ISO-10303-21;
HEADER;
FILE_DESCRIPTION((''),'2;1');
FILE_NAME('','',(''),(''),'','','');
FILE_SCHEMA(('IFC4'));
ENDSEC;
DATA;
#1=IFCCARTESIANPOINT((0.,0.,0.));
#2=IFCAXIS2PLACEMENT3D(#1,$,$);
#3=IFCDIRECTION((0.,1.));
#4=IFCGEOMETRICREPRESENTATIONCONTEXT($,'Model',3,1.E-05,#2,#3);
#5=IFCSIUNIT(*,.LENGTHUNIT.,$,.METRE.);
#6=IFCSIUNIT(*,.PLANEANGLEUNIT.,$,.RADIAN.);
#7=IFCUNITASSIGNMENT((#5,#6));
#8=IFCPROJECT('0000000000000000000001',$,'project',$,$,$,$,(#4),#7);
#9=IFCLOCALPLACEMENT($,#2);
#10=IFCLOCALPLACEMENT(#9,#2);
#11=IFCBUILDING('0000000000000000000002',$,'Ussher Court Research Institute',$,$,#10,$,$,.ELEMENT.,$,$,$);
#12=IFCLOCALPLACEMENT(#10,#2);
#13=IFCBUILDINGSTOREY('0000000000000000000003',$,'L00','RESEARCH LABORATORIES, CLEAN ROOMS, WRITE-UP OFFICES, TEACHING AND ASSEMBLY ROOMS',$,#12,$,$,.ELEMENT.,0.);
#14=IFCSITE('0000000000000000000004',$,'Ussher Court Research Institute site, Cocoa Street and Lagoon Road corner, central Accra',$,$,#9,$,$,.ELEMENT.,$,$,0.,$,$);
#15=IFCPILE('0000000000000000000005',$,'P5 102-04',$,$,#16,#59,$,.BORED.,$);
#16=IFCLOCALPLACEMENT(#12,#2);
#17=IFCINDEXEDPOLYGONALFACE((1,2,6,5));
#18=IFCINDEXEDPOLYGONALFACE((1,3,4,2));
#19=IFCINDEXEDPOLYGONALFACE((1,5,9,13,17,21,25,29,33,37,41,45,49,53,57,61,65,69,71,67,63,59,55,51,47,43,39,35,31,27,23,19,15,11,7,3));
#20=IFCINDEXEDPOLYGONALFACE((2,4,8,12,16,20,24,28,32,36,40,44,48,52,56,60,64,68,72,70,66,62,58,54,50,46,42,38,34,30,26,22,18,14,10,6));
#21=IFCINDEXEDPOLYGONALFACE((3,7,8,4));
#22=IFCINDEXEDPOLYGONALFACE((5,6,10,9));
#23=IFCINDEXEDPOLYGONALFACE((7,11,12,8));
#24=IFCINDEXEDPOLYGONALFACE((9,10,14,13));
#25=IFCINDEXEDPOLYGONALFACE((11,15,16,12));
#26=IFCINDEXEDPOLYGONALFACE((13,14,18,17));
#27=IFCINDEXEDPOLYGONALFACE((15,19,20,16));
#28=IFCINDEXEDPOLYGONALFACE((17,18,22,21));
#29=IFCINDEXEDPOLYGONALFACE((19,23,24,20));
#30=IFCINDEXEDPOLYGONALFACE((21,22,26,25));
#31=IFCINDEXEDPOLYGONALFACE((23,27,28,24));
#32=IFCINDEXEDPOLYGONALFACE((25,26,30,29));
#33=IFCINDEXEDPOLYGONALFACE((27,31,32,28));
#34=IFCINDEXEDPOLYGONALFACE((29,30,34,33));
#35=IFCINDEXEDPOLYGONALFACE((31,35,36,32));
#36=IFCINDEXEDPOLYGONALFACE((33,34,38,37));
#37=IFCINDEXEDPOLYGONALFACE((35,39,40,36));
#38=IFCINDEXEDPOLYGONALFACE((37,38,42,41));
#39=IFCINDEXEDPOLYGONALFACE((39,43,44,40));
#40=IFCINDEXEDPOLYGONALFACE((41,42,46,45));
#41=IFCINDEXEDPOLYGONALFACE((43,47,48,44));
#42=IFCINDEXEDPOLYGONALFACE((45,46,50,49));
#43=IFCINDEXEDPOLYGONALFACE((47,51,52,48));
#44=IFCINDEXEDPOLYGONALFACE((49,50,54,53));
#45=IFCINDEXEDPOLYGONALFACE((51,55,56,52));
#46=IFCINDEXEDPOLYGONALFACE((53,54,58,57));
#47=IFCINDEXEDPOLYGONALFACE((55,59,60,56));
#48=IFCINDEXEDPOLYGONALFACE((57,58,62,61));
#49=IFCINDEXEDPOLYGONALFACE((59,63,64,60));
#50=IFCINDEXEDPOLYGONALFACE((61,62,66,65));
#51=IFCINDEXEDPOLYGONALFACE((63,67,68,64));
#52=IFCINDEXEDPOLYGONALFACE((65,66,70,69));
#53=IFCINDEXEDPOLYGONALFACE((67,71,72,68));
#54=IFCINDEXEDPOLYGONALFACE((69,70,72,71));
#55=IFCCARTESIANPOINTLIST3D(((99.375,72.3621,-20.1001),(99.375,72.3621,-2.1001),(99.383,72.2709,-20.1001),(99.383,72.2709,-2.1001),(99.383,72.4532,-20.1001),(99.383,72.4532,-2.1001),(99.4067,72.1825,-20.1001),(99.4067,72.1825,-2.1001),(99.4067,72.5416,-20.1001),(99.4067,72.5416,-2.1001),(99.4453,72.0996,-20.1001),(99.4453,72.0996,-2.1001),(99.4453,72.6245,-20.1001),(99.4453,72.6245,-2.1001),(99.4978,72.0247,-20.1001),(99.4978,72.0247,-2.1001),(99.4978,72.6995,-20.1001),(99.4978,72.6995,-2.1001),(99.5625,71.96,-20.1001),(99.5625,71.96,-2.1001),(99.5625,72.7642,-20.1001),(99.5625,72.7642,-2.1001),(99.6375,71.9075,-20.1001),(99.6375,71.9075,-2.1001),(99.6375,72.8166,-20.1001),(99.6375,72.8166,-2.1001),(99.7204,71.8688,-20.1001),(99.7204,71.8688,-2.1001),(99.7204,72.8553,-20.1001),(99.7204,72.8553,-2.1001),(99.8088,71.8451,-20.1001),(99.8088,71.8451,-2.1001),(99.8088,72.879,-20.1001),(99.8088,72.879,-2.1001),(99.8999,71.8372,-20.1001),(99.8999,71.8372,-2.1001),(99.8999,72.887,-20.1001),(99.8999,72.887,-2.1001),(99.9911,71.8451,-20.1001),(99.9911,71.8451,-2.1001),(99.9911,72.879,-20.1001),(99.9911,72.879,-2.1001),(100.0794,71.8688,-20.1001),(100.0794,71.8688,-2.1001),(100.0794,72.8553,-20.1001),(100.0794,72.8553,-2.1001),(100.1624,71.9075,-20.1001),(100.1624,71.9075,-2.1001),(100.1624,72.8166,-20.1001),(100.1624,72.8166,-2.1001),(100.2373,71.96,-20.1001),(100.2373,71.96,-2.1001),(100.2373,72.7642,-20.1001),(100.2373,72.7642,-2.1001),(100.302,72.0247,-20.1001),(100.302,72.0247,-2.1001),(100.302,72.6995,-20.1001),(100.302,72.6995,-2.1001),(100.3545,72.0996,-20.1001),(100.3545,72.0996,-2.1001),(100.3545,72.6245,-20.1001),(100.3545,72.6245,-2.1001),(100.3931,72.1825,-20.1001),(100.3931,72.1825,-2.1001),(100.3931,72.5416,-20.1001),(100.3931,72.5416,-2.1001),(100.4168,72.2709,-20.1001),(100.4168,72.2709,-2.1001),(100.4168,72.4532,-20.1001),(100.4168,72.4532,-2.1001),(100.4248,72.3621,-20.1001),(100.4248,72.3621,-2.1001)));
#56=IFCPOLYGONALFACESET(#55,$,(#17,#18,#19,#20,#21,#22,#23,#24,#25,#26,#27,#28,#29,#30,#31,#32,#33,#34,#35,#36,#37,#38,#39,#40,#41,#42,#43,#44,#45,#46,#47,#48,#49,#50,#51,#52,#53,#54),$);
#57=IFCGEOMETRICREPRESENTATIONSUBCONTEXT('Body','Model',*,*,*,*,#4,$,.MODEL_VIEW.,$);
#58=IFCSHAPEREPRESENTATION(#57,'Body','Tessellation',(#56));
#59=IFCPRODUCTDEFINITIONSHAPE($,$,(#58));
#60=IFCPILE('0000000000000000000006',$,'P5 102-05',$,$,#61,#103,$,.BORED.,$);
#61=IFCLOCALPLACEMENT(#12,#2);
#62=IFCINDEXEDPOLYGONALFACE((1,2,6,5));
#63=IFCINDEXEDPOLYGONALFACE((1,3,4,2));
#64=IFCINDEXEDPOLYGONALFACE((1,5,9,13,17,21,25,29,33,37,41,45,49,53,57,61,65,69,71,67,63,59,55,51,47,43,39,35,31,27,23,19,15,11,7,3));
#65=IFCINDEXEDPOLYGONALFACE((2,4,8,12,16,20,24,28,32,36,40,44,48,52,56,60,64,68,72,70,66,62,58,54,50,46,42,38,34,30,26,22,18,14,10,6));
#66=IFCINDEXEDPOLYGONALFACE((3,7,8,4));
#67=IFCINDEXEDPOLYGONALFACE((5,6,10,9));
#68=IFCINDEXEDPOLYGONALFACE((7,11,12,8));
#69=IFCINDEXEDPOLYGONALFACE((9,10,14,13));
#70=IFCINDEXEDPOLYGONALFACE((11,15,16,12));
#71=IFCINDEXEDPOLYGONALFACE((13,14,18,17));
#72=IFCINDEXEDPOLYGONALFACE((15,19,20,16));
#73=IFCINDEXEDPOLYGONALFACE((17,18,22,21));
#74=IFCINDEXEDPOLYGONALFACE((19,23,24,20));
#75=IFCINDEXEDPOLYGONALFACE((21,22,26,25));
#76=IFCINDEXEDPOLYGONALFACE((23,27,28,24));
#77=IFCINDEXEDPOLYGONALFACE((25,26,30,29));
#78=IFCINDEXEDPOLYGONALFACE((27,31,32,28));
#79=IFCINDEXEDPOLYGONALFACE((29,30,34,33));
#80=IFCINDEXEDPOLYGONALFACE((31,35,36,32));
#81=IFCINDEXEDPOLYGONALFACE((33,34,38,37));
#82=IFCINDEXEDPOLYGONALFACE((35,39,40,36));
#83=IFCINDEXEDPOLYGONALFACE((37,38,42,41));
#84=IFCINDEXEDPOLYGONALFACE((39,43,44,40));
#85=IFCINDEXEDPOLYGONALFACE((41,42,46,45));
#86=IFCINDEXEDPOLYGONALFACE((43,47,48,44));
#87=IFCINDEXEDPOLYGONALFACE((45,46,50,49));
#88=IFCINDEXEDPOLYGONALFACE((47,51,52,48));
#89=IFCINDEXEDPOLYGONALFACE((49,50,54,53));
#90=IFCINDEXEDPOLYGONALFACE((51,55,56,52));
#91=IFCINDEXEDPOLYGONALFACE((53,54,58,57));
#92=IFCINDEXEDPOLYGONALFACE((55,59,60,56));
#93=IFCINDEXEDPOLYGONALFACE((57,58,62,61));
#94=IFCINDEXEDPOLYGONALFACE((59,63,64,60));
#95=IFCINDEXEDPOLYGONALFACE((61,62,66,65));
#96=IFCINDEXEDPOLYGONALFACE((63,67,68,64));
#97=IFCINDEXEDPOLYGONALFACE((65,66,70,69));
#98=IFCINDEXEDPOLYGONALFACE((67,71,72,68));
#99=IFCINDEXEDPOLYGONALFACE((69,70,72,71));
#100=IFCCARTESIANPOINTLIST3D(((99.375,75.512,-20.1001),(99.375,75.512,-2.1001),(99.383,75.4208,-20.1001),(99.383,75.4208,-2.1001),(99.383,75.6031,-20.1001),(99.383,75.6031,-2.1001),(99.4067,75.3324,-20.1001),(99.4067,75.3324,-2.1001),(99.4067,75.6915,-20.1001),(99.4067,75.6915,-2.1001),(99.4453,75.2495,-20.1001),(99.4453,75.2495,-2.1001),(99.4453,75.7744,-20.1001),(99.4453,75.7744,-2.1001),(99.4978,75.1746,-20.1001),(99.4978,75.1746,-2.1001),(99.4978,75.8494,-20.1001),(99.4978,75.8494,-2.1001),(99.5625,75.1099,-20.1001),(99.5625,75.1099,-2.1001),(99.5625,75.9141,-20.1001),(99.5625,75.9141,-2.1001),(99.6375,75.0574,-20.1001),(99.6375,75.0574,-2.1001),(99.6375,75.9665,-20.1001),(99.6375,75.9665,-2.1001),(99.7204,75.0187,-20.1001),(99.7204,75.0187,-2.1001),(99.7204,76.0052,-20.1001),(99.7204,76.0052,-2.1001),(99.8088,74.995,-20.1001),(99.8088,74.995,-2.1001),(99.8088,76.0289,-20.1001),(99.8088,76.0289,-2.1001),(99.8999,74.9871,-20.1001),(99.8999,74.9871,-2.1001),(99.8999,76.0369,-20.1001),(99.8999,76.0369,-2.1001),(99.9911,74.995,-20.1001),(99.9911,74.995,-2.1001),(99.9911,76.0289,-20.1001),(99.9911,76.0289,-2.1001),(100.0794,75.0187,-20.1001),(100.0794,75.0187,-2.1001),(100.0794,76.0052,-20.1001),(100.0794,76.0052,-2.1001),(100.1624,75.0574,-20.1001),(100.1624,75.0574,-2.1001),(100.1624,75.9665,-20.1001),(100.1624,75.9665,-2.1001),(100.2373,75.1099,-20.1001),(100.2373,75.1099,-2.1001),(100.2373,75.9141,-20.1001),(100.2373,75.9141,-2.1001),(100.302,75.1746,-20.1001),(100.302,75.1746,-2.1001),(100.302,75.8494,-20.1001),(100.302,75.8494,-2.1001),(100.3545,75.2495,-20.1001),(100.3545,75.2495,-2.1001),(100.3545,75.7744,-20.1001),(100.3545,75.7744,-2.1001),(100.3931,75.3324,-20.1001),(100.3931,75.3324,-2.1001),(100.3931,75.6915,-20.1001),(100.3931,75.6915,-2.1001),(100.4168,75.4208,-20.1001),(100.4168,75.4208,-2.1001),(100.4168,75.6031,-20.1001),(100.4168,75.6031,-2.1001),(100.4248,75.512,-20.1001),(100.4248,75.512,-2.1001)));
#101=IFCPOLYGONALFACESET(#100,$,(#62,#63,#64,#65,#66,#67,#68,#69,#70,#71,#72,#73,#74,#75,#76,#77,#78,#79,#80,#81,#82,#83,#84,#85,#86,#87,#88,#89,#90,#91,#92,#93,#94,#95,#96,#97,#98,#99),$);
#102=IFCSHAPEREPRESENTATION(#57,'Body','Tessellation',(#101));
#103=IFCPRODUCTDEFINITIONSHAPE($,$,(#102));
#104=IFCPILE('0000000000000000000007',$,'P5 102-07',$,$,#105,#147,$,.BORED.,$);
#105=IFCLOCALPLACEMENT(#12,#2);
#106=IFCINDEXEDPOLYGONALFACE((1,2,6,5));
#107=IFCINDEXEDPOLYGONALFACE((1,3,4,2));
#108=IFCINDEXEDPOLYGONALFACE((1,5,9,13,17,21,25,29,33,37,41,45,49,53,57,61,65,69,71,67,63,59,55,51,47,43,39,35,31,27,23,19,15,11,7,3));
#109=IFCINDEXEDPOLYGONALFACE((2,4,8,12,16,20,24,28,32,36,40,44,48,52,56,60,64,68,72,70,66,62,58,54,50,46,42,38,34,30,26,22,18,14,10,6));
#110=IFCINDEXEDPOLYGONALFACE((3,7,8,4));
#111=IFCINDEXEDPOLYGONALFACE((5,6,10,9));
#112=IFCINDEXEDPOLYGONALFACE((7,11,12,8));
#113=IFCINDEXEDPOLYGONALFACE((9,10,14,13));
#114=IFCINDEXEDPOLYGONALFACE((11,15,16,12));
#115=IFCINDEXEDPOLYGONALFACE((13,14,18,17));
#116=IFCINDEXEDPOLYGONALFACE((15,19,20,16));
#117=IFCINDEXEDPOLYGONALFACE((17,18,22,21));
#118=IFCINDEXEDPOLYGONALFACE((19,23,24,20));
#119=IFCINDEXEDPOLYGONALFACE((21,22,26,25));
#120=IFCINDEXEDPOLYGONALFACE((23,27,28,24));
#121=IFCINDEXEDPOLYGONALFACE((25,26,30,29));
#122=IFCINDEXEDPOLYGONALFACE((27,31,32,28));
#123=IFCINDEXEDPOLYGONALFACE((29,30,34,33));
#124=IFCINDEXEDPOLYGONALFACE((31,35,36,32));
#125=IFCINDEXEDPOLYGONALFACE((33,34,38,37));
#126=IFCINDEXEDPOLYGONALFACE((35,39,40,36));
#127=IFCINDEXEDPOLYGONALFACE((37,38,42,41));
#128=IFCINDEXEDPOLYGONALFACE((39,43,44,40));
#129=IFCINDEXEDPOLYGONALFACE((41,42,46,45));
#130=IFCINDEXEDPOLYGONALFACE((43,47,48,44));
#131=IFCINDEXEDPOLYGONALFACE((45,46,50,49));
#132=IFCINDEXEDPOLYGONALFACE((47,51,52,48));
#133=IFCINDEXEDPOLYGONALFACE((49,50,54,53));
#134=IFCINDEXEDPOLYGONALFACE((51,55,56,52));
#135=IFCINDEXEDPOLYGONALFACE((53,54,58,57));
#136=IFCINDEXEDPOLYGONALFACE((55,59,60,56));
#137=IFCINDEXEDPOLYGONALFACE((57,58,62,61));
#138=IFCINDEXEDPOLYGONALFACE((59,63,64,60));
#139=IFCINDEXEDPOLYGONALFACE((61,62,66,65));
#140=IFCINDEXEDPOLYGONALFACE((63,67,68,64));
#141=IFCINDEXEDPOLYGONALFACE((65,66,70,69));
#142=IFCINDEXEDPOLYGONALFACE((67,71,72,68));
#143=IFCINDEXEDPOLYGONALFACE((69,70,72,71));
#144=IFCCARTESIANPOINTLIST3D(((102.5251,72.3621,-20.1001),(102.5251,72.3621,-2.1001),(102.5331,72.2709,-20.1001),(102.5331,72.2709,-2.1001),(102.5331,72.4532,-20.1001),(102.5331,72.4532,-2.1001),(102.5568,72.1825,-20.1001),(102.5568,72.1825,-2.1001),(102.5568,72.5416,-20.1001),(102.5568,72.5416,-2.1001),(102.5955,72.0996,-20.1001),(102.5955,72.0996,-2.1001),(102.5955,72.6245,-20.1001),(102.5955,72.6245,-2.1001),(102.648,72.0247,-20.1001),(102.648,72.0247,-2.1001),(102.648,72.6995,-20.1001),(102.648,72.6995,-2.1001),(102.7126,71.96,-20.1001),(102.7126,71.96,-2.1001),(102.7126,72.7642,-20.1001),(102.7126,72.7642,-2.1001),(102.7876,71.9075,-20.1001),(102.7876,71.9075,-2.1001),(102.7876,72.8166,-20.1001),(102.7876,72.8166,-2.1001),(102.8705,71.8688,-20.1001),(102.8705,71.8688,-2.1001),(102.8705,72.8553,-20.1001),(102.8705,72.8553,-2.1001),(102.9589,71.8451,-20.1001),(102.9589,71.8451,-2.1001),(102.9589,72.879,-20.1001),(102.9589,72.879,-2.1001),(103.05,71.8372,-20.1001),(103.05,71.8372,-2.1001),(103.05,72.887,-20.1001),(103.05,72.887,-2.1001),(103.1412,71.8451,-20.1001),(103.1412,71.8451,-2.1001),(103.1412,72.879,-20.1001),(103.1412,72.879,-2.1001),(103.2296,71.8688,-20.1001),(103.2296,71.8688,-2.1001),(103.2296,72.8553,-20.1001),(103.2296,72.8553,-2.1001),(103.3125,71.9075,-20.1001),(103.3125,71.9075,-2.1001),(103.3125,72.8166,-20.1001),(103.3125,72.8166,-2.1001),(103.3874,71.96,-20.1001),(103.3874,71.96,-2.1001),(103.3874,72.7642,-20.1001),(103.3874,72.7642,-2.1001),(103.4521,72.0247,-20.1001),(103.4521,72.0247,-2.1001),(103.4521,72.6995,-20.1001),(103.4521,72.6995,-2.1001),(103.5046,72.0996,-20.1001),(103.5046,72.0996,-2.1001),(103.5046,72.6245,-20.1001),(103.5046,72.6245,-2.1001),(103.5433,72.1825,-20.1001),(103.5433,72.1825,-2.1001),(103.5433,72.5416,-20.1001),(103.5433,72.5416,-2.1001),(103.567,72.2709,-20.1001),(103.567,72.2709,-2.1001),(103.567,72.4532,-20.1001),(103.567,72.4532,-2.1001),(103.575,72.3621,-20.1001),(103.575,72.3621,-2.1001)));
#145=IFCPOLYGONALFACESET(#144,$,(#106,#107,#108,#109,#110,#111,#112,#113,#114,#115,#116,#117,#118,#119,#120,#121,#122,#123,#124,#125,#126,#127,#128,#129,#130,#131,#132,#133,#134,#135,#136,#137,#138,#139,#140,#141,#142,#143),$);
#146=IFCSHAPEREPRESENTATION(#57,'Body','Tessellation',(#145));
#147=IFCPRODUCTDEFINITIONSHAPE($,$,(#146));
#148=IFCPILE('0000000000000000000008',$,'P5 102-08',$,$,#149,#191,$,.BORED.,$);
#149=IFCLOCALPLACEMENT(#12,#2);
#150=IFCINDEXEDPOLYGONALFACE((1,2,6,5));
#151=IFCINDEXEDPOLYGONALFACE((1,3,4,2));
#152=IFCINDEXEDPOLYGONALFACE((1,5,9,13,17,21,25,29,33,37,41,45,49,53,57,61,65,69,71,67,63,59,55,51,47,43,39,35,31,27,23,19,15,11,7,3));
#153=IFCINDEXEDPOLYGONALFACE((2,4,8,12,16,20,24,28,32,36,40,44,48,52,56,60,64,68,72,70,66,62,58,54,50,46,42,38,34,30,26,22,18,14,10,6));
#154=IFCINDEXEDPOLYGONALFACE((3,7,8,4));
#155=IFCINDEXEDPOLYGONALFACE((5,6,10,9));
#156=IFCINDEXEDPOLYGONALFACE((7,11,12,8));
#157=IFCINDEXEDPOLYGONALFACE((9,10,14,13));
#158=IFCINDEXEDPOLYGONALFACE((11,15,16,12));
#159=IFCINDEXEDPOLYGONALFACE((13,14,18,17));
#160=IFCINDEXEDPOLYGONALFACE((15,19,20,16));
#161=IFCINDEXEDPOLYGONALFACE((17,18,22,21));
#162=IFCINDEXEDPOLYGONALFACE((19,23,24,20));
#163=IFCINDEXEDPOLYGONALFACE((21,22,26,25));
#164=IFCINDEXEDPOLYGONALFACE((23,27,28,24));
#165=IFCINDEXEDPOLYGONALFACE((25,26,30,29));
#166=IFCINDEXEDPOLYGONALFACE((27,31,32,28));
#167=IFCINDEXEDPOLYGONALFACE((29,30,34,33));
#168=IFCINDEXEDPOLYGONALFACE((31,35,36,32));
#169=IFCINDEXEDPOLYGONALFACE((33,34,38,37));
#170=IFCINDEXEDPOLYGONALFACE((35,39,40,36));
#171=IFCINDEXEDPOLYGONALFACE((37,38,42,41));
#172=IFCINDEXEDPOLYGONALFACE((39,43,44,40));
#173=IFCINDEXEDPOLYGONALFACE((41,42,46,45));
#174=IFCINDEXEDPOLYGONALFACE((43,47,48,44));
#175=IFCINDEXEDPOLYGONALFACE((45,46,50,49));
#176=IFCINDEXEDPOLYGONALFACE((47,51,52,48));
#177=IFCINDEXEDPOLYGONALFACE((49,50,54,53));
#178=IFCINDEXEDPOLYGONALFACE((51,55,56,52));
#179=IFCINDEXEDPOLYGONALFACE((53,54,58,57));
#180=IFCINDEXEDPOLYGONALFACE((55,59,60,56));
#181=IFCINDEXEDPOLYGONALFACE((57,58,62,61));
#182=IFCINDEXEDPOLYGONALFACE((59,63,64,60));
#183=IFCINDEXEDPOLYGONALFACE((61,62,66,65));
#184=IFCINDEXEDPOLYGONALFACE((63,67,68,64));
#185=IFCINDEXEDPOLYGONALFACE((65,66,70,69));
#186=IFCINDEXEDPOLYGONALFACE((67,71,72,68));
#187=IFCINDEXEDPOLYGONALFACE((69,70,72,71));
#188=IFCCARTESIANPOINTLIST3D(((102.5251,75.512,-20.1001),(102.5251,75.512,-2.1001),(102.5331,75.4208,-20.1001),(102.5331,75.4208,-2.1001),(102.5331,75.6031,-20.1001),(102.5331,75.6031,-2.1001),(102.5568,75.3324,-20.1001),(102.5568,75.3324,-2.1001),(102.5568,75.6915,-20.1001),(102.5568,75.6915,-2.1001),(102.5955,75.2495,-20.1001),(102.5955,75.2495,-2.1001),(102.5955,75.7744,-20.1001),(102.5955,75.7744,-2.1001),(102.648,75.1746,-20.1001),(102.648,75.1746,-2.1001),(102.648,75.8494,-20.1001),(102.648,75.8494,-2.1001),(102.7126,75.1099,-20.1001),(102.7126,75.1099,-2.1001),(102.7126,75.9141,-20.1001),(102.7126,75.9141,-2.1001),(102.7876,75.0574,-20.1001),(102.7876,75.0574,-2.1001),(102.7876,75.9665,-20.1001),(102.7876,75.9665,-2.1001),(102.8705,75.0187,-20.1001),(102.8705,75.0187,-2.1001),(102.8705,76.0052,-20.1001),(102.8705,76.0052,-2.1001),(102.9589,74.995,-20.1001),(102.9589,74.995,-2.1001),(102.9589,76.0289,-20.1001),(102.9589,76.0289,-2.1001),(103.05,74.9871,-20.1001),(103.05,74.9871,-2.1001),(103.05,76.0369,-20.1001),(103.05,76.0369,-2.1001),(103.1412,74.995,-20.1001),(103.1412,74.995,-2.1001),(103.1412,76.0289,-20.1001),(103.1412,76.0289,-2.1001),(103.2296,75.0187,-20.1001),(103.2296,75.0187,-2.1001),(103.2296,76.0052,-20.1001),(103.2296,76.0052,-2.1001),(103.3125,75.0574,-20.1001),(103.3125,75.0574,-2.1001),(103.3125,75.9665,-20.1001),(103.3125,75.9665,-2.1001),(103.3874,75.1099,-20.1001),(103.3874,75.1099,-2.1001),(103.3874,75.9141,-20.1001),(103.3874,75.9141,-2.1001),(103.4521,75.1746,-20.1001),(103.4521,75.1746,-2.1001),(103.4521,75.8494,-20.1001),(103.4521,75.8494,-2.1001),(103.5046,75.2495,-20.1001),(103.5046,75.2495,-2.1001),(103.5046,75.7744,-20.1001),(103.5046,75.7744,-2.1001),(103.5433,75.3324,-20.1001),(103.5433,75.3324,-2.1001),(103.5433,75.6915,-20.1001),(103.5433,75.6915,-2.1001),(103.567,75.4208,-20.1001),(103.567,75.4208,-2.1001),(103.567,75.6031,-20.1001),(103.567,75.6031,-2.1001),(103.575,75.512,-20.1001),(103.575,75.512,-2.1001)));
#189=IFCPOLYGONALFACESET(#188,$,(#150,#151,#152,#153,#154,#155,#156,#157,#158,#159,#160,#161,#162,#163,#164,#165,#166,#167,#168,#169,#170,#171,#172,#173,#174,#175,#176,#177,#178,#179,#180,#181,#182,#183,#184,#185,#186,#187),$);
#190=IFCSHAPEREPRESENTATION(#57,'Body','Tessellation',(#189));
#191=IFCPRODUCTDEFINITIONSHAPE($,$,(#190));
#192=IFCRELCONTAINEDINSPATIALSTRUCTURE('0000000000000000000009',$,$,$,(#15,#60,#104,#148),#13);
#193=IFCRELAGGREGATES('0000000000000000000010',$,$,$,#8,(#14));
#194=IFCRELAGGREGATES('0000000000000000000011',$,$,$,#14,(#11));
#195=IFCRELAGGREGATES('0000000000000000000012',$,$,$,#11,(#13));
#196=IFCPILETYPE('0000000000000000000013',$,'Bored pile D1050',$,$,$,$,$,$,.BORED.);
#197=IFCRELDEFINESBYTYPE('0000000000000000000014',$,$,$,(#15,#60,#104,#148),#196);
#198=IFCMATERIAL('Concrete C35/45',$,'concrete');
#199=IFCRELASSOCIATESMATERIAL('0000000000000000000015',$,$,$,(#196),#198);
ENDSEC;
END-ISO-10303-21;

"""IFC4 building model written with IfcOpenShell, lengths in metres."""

from ifc_helpers import new_model, si_unit, direction, frame, origin, origin_2d, place, context, subcontext, project, spatial, circle, extrude, material, material_profile, profile_set, type_object, element, save


model = new_model("IFC4")

# Units and contexts
model_context = context("Model", 3, precision=1e-05, world=origin(), true_north=direction((0.0, 1.0)))
body_context = subcontext(model_context, "Body", "Model", "MODEL_VIEW")
ifc_project = project(units=[si_unit("LENGTHUNIT", "METRE"), si_unit("PLANEANGLEUNIT", "RADIAN")], contexts=[model_context])

# Site, building, storey
site_placement = place(None, origin())
site = spatial("IfcSite", under=ifc_project, at=site_placement, Name="Ussher Court Research Institute site, Cocoa Street and Lagoon Road corner, central Accra", CompositionType="ELEMENT", RefElevation=0.0)
building_placement = place(site_placement, origin())
building = spatial("IfcBuilding", under=site, at=building_placement, Name="Ussher Court Research Institute", CompositionType="ELEMENT")
storey_placement = place(building_placement, origin())
storey = spatial("IfcBuildingStorey", under=building, at=storey_placement, Name="L00", Description="RESEARCH LABORATORIES, CLEAN ROOMS, WRITE-UP OFFICES, TEACHING AND ASSEMBLY ROOMS", CompositionType="ELEMENT", Elevation=0.0)

# Piles
ifc_material_1 = material(Name="Concrete C35/45", Category="concrete")
ifc_material_profile_1 = material_profile(ifc_material_1, circle(Radius=0.5249, at=origin_2d()), Name="RC D1050")
ifc_profile_set_1 = profile_set([ifc_material_profile_1], Name="Concrete C35/45")
pile_type_1 = type_object("IfcPileType", Name="Bored pile D1050", PredefinedType="BORED", material=ifc_profile_set_1)
for number, where, z_axis, x_axis, name in (
    (1, (99.8999, 72.3621, -2.1001), (0.0, 0.0, -1.0), (1.0, 0.0, 0.0), "P5 102-04"),
    (2, (99.8999, 75.512, -2.1001), (0.0, 0.0, -1.0), (1.0, 0.0, 0.0), "P5 102-05"),
    (3, (103.05, 72.3621, -2.1001), (0.0, 0.0, -1.0), (1.0, 0.0, 0.0), "P5 102-07"),
    (4, (103.05, 75.512, -2.1001), (0.0, 0.0, -1.0), (1.0, 0.0, 0.0), "P5 102-08"),
):
    element("IfcPile", number, at=place(storey_placement, frame(where, z_axis=z_axis, x_axis=x_axis)), inside=storey, type_object=pile_type_1, Name=name, PredefinedType="BORED", context=body_context, shape_type="SweptSolid", body=[
        extrude(circle(Radius=0.5249, at=origin_2d()), origin(), (0.0, 0.0, 1.0), 18.0),
    ])

save(model, "model.ifc")
